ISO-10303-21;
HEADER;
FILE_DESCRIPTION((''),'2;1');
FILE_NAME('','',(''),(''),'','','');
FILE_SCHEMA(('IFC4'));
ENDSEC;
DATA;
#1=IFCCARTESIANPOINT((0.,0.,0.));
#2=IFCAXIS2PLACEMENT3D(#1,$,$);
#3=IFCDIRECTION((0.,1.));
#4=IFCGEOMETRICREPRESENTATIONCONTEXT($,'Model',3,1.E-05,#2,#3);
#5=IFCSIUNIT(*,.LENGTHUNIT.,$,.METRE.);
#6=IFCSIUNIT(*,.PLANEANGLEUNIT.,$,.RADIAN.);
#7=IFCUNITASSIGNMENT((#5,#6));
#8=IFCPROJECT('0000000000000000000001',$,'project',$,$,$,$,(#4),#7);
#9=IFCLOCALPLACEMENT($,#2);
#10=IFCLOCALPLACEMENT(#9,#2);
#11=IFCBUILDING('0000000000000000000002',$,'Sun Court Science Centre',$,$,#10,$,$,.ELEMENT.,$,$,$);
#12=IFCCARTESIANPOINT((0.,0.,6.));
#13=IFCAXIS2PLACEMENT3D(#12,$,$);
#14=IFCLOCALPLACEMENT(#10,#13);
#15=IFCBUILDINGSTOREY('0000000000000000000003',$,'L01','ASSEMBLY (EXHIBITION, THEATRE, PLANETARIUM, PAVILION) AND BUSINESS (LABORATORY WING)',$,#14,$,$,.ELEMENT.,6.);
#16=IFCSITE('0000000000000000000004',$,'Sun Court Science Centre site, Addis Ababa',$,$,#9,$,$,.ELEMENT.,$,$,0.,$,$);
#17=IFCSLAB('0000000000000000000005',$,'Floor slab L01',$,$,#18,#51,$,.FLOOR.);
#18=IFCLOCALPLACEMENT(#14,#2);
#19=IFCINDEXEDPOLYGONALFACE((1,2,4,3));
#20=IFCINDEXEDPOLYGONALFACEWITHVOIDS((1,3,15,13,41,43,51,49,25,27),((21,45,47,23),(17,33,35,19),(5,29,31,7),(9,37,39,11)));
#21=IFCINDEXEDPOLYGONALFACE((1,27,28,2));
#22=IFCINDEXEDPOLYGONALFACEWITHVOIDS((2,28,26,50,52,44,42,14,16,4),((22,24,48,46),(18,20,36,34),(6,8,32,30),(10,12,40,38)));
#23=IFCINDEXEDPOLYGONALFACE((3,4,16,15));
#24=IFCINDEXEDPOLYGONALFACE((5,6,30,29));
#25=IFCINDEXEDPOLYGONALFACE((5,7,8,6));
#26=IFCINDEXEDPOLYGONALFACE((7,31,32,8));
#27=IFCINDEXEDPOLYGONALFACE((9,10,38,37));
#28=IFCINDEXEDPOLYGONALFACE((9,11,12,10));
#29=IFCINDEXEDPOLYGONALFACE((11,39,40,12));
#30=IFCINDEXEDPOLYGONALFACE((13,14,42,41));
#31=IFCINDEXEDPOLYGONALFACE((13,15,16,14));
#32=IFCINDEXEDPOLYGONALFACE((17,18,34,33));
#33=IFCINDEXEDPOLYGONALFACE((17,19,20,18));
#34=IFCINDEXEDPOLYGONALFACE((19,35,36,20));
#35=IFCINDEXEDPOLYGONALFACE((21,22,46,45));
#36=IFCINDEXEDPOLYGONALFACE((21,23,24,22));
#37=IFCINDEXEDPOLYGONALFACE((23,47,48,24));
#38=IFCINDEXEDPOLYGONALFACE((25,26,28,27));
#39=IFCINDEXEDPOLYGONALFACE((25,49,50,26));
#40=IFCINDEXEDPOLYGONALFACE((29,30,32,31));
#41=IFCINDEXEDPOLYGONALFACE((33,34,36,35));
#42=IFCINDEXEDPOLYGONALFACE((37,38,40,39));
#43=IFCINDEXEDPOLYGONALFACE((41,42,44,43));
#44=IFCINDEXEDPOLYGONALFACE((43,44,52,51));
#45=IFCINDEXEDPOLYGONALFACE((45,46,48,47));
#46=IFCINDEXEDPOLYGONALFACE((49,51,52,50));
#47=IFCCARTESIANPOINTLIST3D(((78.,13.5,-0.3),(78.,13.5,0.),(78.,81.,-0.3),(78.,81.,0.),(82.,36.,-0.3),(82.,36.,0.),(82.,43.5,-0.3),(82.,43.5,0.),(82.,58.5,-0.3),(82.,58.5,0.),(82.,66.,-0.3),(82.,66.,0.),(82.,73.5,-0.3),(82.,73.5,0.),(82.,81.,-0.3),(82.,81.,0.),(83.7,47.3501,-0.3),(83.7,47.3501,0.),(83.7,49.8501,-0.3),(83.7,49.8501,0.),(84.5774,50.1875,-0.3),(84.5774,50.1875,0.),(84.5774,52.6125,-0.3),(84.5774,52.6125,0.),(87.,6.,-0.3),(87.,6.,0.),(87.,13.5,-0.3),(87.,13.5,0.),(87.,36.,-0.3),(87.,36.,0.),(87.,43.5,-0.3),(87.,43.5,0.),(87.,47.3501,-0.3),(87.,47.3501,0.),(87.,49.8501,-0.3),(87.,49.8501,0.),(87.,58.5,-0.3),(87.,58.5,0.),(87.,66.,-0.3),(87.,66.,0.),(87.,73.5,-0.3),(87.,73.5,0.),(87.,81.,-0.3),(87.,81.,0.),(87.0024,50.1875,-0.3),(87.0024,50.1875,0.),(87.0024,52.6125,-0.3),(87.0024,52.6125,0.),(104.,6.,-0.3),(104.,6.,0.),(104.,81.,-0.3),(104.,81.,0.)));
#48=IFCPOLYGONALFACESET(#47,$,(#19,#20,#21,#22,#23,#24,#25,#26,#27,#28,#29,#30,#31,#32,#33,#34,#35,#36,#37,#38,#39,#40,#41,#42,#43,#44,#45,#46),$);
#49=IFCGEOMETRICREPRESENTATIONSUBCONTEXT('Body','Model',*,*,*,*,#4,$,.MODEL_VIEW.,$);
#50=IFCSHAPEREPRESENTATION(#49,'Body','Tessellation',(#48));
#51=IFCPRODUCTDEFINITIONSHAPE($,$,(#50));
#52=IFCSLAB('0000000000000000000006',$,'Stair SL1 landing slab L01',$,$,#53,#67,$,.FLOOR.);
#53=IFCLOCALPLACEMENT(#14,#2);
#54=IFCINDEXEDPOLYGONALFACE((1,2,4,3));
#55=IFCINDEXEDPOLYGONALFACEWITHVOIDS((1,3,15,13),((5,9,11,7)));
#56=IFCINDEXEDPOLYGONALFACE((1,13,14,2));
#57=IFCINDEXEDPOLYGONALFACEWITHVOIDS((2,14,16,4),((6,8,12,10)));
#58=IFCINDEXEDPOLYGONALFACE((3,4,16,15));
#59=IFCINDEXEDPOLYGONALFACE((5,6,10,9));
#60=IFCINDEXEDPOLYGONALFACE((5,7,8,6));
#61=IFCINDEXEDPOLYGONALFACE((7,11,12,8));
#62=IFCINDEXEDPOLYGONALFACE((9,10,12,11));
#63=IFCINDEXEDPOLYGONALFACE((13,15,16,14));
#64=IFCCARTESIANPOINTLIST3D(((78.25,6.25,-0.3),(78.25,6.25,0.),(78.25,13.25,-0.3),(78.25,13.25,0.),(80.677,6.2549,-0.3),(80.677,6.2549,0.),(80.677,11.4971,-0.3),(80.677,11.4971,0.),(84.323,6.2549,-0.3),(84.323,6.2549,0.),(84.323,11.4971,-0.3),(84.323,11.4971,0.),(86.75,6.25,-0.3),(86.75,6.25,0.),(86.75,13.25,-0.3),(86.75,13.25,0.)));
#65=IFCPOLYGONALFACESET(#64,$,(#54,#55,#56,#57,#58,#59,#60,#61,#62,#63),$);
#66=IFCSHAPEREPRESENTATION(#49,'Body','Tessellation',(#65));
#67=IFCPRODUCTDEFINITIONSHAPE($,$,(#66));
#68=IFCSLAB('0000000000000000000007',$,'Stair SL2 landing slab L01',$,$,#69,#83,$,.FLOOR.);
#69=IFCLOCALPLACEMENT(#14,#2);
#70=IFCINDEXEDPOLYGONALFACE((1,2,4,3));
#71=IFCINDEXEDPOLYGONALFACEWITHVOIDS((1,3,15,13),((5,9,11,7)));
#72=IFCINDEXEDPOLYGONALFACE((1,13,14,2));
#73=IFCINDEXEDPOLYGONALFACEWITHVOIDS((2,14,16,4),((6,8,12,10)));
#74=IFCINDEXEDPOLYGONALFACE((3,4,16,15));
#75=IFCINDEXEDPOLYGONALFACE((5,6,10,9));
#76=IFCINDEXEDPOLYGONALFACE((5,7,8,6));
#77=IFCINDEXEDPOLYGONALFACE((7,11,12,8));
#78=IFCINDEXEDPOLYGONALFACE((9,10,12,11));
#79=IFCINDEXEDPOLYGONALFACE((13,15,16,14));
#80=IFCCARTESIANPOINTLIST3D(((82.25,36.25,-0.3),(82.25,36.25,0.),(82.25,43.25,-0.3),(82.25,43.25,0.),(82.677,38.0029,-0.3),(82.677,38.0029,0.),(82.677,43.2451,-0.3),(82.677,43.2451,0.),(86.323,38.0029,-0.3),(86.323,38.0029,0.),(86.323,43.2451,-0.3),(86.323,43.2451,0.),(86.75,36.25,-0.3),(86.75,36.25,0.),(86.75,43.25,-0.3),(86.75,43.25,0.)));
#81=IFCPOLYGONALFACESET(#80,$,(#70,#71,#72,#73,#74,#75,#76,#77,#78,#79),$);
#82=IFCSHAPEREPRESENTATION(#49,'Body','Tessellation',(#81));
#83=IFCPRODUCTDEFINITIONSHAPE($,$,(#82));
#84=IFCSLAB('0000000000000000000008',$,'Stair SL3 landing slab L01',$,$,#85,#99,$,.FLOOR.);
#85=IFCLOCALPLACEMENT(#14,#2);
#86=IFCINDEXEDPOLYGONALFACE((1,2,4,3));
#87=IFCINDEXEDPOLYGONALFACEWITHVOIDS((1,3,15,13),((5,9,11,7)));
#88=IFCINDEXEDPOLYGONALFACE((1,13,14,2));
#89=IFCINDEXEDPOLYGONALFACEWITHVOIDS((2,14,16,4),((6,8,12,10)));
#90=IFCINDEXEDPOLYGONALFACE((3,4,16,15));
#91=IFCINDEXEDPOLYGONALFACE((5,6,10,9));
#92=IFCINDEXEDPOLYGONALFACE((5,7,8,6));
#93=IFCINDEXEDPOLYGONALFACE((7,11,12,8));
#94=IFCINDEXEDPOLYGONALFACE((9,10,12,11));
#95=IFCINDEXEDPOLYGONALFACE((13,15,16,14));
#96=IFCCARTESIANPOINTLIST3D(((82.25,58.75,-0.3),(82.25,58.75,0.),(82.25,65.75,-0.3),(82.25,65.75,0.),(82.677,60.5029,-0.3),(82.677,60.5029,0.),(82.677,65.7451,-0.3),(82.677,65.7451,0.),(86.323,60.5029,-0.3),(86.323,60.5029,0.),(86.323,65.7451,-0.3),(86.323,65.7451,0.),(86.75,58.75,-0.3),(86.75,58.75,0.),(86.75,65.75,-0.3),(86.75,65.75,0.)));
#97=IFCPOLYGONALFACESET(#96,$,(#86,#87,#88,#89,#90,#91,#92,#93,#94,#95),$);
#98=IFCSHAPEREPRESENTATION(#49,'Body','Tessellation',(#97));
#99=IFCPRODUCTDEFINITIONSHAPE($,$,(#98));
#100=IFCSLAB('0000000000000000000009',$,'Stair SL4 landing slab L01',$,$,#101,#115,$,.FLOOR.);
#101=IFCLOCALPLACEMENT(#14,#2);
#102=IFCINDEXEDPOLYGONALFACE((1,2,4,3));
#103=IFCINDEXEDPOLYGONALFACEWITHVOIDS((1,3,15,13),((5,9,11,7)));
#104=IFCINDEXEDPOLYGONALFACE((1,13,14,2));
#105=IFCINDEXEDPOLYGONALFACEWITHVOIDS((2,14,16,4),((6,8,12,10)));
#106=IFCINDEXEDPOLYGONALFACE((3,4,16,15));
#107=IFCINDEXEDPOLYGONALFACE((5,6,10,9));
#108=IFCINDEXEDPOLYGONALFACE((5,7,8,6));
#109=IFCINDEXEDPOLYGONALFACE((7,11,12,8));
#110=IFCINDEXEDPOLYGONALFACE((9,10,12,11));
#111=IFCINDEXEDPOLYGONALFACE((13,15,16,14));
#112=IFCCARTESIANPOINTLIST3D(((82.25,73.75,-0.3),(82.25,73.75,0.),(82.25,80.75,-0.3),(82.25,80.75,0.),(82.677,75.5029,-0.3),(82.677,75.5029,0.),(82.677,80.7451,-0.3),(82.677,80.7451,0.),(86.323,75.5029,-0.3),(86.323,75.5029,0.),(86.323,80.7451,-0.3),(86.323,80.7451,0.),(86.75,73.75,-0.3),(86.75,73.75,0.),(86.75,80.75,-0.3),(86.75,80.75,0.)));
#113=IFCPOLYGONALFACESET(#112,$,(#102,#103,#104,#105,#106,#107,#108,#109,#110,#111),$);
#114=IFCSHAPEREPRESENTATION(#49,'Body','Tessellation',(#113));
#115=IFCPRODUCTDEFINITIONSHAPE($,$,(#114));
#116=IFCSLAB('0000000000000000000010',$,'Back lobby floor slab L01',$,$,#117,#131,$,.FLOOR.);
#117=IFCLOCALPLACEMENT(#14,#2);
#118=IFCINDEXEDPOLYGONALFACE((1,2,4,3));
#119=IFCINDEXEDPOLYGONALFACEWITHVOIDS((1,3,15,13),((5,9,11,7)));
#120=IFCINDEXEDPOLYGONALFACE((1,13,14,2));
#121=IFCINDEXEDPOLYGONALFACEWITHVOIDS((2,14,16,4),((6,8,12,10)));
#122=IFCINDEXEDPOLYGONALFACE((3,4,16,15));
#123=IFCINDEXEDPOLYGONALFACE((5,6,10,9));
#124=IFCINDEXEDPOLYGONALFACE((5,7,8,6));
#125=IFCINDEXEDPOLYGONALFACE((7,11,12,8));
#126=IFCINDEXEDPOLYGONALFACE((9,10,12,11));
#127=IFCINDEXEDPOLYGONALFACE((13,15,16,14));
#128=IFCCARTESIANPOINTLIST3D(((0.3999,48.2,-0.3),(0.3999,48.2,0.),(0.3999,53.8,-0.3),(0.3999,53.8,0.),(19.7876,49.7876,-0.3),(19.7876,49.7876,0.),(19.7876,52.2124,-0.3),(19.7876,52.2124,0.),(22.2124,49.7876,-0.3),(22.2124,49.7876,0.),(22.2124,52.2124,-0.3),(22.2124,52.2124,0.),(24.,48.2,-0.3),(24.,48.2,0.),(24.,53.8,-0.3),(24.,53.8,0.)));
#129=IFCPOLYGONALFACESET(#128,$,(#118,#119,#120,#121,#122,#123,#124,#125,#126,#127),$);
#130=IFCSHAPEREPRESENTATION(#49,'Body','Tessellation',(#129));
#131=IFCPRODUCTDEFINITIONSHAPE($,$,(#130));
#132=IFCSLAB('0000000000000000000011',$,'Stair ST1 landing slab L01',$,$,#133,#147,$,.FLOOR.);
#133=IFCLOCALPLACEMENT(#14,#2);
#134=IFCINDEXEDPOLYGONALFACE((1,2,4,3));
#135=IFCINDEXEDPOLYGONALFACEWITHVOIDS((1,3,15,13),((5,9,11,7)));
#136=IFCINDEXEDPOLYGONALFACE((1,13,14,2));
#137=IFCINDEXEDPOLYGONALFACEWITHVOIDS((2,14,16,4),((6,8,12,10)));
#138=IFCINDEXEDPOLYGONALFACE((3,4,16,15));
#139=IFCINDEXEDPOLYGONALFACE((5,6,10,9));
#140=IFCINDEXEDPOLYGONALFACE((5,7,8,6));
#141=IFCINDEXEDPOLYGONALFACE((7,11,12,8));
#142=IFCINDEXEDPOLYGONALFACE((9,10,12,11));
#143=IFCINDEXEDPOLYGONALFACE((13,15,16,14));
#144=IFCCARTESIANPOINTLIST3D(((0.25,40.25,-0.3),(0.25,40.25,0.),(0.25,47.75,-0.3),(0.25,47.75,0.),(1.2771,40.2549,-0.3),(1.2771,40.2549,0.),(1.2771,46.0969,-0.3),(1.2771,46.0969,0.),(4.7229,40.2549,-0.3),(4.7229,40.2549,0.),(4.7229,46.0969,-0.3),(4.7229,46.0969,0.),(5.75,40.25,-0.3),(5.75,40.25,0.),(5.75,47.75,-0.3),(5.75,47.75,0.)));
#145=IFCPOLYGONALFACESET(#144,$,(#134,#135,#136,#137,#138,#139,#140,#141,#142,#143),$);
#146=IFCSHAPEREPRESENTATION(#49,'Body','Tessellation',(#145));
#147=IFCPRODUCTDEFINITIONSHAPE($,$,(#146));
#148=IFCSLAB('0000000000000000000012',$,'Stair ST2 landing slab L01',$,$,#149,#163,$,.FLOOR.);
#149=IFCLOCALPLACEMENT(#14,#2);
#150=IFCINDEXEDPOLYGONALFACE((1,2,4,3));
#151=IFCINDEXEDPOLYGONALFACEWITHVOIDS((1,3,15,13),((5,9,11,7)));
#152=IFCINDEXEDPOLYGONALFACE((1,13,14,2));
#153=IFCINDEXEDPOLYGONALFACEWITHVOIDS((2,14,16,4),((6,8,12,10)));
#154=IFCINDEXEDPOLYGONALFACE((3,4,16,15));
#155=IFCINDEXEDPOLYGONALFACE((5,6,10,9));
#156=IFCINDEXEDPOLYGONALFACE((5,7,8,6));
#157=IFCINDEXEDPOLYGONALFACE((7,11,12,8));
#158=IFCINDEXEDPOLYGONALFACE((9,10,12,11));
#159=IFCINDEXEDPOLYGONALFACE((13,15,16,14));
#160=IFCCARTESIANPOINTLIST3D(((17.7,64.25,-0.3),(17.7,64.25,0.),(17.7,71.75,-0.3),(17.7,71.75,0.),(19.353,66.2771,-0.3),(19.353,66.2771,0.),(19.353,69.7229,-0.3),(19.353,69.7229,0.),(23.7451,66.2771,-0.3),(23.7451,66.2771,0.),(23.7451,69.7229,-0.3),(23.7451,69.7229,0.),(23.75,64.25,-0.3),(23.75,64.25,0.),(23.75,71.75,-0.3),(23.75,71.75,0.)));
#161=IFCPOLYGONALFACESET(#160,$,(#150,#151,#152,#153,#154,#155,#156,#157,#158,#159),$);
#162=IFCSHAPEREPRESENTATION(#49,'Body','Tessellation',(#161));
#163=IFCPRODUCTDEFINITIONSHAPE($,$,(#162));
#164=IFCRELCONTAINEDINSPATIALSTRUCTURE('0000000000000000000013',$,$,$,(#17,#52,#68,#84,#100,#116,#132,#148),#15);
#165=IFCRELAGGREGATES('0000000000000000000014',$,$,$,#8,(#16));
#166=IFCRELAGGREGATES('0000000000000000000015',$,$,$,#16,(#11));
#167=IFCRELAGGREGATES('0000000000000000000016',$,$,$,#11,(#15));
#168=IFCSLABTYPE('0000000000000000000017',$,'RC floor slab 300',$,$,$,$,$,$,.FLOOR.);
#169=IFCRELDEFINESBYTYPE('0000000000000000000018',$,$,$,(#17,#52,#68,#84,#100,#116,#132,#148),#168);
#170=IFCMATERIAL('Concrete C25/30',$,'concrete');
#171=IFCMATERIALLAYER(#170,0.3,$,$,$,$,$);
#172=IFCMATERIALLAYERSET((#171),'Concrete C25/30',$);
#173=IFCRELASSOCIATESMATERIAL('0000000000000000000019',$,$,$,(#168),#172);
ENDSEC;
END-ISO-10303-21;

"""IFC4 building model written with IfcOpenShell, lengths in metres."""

from ifc_helpers import new_model, si_unit, direction, frame, origin, place, context, subcontext, project, spatial, polyline, outline, extrude, material, layer, layer_set, type_object, element, save


model = new_model("IFC4")

# Units and contexts
model_context = context("Model", 3, precision=1e-05, world=origin(), true_north=direction((0.0, 1.0)))
body_context = subcontext(model_context, "Body", "Model", "MODEL_VIEW")
ifc_project = project(units=[si_unit("LENGTHUNIT", "METRE"), si_unit("PLANEANGLEUNIT", "RADIAN")], contexts=[model_context])

# Site, building, storey
site_placement = place(None, origin())
site = spatial("IfcSite", under=ifc_project, at=site_placement, Name="Sun Court Science Centre site, Addis Ababa", CompositionType="ELEMENT", RefElevation=0.0)
building_placement = place(site_placement, origin())
building = spatial("IfcBuilding", under=site, at=building_placement, Name="Sun Court Science Centre", CompositionType="ELEMENT")
storey_placement = place(building_placement, frame((0.0, 0.0, 6.0)))
storey = spatial("IfcBuildingStorey", under=building, at=storey_placement, Name="L01", Description="ASSEMBLY (EXHIBITION, THEATRE, PLANETARIUM, PAVILION) AND BUSINESS (LABORATORY WING)", CompositionType="ELEMENT", Elevation=6.0)

# Slabs
ifc_material_1 = material(Name="Concrete C25/30", Category="concrete")
ifc_layer_1 = layer(ifc_material_1, 0.3)
ifc_layer_set_1 = layer_set([ifc_layer_1], Name="Concrete C25/30")
slab_type_1 = type_object("IfcSlabType", Name="RC floor slab 300", PredefinedType="FLOOR", material=ifc_layer_set_1)
slab_1_placement = place(storey_placement, frame((0.0, 0.0, -0.3)))
element("IfcSlab", 1, at=slab_1_placement, inside=storey, type_object=slab_type_1, Name="Floor slab L01", PredefinedType="FLOOR", context=body_context, shape_type="SweptSolid", body=[
    extrude(outline(polyline([(104.0, 6.0), (104.0, 81.0), (87.0, 81.0), (87.0, 73.5), (82.0, 73.5), (82.0, 81.0), (78.0, 81.0), (78.0, 13.5), (87.0, 13.5), (87.0, 6.0), (104.0, 6.0)]), holes=[polyline([(84.5774, 50.1875), (84.5774, 52.6125), (87.0024, 52.6125), (87.0024, 50.1875), (84.5774, 50.1875)]), polyline([(82.0, 43.5), (87.0, 43.5), (87.0, 36.0), (82.0, 36.0), (82.0, 43.5)]), polyline([(82.0, 66.0), (87.0, 66.0), (87.0, 58.5), (82.0, 58.5), (82.0, 66.0)]), polyline([(83.7, 49.8501), (87.0, 49.8501), (87.0, 47.3501), (83.7, 47.3501), (83.7, 49.8501)])]), origin(), (0.0, 0.0, 1.0), 0.3),
])
slab_2_placement = place(storey_placement, frame((0.0, 0.0, -0.3)))
element("IfcSlab", 2, at=slab_2_placement, inside=storey, type_object=slab_type_1, Name="Stair SL1 landing slab L01", PredefinedType="FLOOR", context=body_context, shape_type="SweptSolid", body=[
    extrude(outline(polyline([(78.25, 13.25), (78.25, 6.25), (86.75, 6.25), (86.75, 13.25), (78.25, 13.25)]), holes=[polyline([(80.677, 6.2549), (80.677, 11.4971), (84.323, 11.4971), (84.323, 6.2549), (80.677, 6.2549)])]), origin(), (0.0, 0.0, 1.0), 0.3),
])
slab_3_placement = place(storey_placement, frame((0.0, 0.0, -0.3)))
element("IfcSlab", 3, at=slab_3_placement, inside=storey, type_object=slab_type_1, Name="Stair SL2 landing slab L01", PredefinedType="FLOOR", context=body_context, shape_type="SweptSolid", body=[
    extrude(outline(polyline([(82.25, 43.25), (82.25, 36.25), (86.75, 36.25), (86.75, 43.25), (82.25, 43.25)]), holes=[polyline([(86.323, 43.2451), (86.323, 38.0029), (82.677, 38.0029), (82.677, 43.2451), (86.323, 43.2451)])]), origin(), (0.0, 0.0, 1.0), 0.3),
])
slab_4_placement = place(storey_placement, frame((0.0, 0.0, -0.3)))
element("IfcSlab", 4, at=slab_4_placement, inside=storey, type_object=slab_type_1, Name="Stair SL3 landing slab L01", PredefinedType="FLOOR", context=body_context, shape_type="SweptSolid", body=[
    extrude(outline(polyline([(82.25, 65.75), (82.25, 58.75), (86.75, 58.75), (86.75, 65.75), (82.25, 65.75)]), holes=[polyline([(86.323, 65.7451), (86.323, 60.5029), (82.677, 60.5029), (82.677, 65.7451), (86.323, 65.7451)])]), origin(), (0.0, 0.0, 1.0), 0.3),
])
slab_5_placement = place(storey_placement, frame((0.0, 0.0, -0.3)))
element("IfcSlab", 5, at=slab_5_placement, inside=storey, type_object=slab_type_1, Name="Stair SL4 landing slab L01", PredefinedType="FLOOR", context=body_context, shape_type="SweptSolid", body=[
    extrude(outline(polyline([(82.25, 80.75), (82.25, 73.75), (86.75, 73.75), (86.75, 80.75), (82.25, 80.75)]), holes=[polyline([(86.323, 80.7451), (86.323, 75.5029), (82.677, 75.5029), (82.677, 80.7451), (86.323, 80.7451)])]), origin(), (0.0, 0.0, 1.0), 0.3),
])
slab_6_placement = place(storey_placement, frame((0.0, 0.0, -0.3)))
element("IfcSlab", 6, at=slab_6_placement, inside=storey, type_object=slab_type_1, Name="Back lobby floor slab L01", PredefinedType="FLOOR", context=body_context, shape_type="SweptSolid", body=[
    extrude(outline(polyline([(0.3999, 48.2), (24.0, 48.2), (24.0, 53.8), (0.3999, 53.8), (0.3999, 48.2)]), holes=[polyline([(19.7876, 52.2124), (22.2124, 52.2124), (22.2124, 49.7876), (19.7876, 49.7876), (19.7876, 52.2124)])]), origin(), (0.0, 0.0, 1.0), 0.3),
])
slab_7_placement = place(storey_placement, frame((0.0, 0.0, -0.3)))
element("IfcSlab", 7, at=slab_7_placement, inside=storey, type_object=slab_type_1, Name="Stair ST1 landing slab L01", PredefinedType="FLOOR", context=body_context, shape_type="SweptSolid", body=[
    extrude(outline(polyline([(0.25, 47.75), (0.25, 40.25), (5.75, 40.25), (5.75, 47.75), (0.25, 47.75)]), holes=[polyline([(1.2771, 40.2549), (1.2771, 46.0969), (4.7229, 46.0969), (4.7229, 40.2549), (1.2771, 40.2549)])]), origin(), (0.0, 0.0, 1.0), 0.3),
])
slab_8_placement = place(storey_placement, frame((0.0, 0.0, -0.3)))
element("IfcSlab", 8, at=slab_8_placement, inside=storey, type_object=slab_type_1, Name="Stair ST2 landing slab L01", PredefinedType="FLOOR", context=body_context, shape_type="SweptSolid", body=[
    extrude(outline(polyline([(17.7, 71.75), (17.7, 64.25), (23.75, 64.25), (23.75, 71.75), (17.7, 71.75)]), holes=[polyline([(23.7451, 66.2771), (19.353, 66.2771), (19.353, 69.7229), (23.7451, 69.7229), (23.7451, 66.2771)])]), origin(), (0.0, 0.0, 1.0), 0.3),
])

save(model, "model.ifc")
